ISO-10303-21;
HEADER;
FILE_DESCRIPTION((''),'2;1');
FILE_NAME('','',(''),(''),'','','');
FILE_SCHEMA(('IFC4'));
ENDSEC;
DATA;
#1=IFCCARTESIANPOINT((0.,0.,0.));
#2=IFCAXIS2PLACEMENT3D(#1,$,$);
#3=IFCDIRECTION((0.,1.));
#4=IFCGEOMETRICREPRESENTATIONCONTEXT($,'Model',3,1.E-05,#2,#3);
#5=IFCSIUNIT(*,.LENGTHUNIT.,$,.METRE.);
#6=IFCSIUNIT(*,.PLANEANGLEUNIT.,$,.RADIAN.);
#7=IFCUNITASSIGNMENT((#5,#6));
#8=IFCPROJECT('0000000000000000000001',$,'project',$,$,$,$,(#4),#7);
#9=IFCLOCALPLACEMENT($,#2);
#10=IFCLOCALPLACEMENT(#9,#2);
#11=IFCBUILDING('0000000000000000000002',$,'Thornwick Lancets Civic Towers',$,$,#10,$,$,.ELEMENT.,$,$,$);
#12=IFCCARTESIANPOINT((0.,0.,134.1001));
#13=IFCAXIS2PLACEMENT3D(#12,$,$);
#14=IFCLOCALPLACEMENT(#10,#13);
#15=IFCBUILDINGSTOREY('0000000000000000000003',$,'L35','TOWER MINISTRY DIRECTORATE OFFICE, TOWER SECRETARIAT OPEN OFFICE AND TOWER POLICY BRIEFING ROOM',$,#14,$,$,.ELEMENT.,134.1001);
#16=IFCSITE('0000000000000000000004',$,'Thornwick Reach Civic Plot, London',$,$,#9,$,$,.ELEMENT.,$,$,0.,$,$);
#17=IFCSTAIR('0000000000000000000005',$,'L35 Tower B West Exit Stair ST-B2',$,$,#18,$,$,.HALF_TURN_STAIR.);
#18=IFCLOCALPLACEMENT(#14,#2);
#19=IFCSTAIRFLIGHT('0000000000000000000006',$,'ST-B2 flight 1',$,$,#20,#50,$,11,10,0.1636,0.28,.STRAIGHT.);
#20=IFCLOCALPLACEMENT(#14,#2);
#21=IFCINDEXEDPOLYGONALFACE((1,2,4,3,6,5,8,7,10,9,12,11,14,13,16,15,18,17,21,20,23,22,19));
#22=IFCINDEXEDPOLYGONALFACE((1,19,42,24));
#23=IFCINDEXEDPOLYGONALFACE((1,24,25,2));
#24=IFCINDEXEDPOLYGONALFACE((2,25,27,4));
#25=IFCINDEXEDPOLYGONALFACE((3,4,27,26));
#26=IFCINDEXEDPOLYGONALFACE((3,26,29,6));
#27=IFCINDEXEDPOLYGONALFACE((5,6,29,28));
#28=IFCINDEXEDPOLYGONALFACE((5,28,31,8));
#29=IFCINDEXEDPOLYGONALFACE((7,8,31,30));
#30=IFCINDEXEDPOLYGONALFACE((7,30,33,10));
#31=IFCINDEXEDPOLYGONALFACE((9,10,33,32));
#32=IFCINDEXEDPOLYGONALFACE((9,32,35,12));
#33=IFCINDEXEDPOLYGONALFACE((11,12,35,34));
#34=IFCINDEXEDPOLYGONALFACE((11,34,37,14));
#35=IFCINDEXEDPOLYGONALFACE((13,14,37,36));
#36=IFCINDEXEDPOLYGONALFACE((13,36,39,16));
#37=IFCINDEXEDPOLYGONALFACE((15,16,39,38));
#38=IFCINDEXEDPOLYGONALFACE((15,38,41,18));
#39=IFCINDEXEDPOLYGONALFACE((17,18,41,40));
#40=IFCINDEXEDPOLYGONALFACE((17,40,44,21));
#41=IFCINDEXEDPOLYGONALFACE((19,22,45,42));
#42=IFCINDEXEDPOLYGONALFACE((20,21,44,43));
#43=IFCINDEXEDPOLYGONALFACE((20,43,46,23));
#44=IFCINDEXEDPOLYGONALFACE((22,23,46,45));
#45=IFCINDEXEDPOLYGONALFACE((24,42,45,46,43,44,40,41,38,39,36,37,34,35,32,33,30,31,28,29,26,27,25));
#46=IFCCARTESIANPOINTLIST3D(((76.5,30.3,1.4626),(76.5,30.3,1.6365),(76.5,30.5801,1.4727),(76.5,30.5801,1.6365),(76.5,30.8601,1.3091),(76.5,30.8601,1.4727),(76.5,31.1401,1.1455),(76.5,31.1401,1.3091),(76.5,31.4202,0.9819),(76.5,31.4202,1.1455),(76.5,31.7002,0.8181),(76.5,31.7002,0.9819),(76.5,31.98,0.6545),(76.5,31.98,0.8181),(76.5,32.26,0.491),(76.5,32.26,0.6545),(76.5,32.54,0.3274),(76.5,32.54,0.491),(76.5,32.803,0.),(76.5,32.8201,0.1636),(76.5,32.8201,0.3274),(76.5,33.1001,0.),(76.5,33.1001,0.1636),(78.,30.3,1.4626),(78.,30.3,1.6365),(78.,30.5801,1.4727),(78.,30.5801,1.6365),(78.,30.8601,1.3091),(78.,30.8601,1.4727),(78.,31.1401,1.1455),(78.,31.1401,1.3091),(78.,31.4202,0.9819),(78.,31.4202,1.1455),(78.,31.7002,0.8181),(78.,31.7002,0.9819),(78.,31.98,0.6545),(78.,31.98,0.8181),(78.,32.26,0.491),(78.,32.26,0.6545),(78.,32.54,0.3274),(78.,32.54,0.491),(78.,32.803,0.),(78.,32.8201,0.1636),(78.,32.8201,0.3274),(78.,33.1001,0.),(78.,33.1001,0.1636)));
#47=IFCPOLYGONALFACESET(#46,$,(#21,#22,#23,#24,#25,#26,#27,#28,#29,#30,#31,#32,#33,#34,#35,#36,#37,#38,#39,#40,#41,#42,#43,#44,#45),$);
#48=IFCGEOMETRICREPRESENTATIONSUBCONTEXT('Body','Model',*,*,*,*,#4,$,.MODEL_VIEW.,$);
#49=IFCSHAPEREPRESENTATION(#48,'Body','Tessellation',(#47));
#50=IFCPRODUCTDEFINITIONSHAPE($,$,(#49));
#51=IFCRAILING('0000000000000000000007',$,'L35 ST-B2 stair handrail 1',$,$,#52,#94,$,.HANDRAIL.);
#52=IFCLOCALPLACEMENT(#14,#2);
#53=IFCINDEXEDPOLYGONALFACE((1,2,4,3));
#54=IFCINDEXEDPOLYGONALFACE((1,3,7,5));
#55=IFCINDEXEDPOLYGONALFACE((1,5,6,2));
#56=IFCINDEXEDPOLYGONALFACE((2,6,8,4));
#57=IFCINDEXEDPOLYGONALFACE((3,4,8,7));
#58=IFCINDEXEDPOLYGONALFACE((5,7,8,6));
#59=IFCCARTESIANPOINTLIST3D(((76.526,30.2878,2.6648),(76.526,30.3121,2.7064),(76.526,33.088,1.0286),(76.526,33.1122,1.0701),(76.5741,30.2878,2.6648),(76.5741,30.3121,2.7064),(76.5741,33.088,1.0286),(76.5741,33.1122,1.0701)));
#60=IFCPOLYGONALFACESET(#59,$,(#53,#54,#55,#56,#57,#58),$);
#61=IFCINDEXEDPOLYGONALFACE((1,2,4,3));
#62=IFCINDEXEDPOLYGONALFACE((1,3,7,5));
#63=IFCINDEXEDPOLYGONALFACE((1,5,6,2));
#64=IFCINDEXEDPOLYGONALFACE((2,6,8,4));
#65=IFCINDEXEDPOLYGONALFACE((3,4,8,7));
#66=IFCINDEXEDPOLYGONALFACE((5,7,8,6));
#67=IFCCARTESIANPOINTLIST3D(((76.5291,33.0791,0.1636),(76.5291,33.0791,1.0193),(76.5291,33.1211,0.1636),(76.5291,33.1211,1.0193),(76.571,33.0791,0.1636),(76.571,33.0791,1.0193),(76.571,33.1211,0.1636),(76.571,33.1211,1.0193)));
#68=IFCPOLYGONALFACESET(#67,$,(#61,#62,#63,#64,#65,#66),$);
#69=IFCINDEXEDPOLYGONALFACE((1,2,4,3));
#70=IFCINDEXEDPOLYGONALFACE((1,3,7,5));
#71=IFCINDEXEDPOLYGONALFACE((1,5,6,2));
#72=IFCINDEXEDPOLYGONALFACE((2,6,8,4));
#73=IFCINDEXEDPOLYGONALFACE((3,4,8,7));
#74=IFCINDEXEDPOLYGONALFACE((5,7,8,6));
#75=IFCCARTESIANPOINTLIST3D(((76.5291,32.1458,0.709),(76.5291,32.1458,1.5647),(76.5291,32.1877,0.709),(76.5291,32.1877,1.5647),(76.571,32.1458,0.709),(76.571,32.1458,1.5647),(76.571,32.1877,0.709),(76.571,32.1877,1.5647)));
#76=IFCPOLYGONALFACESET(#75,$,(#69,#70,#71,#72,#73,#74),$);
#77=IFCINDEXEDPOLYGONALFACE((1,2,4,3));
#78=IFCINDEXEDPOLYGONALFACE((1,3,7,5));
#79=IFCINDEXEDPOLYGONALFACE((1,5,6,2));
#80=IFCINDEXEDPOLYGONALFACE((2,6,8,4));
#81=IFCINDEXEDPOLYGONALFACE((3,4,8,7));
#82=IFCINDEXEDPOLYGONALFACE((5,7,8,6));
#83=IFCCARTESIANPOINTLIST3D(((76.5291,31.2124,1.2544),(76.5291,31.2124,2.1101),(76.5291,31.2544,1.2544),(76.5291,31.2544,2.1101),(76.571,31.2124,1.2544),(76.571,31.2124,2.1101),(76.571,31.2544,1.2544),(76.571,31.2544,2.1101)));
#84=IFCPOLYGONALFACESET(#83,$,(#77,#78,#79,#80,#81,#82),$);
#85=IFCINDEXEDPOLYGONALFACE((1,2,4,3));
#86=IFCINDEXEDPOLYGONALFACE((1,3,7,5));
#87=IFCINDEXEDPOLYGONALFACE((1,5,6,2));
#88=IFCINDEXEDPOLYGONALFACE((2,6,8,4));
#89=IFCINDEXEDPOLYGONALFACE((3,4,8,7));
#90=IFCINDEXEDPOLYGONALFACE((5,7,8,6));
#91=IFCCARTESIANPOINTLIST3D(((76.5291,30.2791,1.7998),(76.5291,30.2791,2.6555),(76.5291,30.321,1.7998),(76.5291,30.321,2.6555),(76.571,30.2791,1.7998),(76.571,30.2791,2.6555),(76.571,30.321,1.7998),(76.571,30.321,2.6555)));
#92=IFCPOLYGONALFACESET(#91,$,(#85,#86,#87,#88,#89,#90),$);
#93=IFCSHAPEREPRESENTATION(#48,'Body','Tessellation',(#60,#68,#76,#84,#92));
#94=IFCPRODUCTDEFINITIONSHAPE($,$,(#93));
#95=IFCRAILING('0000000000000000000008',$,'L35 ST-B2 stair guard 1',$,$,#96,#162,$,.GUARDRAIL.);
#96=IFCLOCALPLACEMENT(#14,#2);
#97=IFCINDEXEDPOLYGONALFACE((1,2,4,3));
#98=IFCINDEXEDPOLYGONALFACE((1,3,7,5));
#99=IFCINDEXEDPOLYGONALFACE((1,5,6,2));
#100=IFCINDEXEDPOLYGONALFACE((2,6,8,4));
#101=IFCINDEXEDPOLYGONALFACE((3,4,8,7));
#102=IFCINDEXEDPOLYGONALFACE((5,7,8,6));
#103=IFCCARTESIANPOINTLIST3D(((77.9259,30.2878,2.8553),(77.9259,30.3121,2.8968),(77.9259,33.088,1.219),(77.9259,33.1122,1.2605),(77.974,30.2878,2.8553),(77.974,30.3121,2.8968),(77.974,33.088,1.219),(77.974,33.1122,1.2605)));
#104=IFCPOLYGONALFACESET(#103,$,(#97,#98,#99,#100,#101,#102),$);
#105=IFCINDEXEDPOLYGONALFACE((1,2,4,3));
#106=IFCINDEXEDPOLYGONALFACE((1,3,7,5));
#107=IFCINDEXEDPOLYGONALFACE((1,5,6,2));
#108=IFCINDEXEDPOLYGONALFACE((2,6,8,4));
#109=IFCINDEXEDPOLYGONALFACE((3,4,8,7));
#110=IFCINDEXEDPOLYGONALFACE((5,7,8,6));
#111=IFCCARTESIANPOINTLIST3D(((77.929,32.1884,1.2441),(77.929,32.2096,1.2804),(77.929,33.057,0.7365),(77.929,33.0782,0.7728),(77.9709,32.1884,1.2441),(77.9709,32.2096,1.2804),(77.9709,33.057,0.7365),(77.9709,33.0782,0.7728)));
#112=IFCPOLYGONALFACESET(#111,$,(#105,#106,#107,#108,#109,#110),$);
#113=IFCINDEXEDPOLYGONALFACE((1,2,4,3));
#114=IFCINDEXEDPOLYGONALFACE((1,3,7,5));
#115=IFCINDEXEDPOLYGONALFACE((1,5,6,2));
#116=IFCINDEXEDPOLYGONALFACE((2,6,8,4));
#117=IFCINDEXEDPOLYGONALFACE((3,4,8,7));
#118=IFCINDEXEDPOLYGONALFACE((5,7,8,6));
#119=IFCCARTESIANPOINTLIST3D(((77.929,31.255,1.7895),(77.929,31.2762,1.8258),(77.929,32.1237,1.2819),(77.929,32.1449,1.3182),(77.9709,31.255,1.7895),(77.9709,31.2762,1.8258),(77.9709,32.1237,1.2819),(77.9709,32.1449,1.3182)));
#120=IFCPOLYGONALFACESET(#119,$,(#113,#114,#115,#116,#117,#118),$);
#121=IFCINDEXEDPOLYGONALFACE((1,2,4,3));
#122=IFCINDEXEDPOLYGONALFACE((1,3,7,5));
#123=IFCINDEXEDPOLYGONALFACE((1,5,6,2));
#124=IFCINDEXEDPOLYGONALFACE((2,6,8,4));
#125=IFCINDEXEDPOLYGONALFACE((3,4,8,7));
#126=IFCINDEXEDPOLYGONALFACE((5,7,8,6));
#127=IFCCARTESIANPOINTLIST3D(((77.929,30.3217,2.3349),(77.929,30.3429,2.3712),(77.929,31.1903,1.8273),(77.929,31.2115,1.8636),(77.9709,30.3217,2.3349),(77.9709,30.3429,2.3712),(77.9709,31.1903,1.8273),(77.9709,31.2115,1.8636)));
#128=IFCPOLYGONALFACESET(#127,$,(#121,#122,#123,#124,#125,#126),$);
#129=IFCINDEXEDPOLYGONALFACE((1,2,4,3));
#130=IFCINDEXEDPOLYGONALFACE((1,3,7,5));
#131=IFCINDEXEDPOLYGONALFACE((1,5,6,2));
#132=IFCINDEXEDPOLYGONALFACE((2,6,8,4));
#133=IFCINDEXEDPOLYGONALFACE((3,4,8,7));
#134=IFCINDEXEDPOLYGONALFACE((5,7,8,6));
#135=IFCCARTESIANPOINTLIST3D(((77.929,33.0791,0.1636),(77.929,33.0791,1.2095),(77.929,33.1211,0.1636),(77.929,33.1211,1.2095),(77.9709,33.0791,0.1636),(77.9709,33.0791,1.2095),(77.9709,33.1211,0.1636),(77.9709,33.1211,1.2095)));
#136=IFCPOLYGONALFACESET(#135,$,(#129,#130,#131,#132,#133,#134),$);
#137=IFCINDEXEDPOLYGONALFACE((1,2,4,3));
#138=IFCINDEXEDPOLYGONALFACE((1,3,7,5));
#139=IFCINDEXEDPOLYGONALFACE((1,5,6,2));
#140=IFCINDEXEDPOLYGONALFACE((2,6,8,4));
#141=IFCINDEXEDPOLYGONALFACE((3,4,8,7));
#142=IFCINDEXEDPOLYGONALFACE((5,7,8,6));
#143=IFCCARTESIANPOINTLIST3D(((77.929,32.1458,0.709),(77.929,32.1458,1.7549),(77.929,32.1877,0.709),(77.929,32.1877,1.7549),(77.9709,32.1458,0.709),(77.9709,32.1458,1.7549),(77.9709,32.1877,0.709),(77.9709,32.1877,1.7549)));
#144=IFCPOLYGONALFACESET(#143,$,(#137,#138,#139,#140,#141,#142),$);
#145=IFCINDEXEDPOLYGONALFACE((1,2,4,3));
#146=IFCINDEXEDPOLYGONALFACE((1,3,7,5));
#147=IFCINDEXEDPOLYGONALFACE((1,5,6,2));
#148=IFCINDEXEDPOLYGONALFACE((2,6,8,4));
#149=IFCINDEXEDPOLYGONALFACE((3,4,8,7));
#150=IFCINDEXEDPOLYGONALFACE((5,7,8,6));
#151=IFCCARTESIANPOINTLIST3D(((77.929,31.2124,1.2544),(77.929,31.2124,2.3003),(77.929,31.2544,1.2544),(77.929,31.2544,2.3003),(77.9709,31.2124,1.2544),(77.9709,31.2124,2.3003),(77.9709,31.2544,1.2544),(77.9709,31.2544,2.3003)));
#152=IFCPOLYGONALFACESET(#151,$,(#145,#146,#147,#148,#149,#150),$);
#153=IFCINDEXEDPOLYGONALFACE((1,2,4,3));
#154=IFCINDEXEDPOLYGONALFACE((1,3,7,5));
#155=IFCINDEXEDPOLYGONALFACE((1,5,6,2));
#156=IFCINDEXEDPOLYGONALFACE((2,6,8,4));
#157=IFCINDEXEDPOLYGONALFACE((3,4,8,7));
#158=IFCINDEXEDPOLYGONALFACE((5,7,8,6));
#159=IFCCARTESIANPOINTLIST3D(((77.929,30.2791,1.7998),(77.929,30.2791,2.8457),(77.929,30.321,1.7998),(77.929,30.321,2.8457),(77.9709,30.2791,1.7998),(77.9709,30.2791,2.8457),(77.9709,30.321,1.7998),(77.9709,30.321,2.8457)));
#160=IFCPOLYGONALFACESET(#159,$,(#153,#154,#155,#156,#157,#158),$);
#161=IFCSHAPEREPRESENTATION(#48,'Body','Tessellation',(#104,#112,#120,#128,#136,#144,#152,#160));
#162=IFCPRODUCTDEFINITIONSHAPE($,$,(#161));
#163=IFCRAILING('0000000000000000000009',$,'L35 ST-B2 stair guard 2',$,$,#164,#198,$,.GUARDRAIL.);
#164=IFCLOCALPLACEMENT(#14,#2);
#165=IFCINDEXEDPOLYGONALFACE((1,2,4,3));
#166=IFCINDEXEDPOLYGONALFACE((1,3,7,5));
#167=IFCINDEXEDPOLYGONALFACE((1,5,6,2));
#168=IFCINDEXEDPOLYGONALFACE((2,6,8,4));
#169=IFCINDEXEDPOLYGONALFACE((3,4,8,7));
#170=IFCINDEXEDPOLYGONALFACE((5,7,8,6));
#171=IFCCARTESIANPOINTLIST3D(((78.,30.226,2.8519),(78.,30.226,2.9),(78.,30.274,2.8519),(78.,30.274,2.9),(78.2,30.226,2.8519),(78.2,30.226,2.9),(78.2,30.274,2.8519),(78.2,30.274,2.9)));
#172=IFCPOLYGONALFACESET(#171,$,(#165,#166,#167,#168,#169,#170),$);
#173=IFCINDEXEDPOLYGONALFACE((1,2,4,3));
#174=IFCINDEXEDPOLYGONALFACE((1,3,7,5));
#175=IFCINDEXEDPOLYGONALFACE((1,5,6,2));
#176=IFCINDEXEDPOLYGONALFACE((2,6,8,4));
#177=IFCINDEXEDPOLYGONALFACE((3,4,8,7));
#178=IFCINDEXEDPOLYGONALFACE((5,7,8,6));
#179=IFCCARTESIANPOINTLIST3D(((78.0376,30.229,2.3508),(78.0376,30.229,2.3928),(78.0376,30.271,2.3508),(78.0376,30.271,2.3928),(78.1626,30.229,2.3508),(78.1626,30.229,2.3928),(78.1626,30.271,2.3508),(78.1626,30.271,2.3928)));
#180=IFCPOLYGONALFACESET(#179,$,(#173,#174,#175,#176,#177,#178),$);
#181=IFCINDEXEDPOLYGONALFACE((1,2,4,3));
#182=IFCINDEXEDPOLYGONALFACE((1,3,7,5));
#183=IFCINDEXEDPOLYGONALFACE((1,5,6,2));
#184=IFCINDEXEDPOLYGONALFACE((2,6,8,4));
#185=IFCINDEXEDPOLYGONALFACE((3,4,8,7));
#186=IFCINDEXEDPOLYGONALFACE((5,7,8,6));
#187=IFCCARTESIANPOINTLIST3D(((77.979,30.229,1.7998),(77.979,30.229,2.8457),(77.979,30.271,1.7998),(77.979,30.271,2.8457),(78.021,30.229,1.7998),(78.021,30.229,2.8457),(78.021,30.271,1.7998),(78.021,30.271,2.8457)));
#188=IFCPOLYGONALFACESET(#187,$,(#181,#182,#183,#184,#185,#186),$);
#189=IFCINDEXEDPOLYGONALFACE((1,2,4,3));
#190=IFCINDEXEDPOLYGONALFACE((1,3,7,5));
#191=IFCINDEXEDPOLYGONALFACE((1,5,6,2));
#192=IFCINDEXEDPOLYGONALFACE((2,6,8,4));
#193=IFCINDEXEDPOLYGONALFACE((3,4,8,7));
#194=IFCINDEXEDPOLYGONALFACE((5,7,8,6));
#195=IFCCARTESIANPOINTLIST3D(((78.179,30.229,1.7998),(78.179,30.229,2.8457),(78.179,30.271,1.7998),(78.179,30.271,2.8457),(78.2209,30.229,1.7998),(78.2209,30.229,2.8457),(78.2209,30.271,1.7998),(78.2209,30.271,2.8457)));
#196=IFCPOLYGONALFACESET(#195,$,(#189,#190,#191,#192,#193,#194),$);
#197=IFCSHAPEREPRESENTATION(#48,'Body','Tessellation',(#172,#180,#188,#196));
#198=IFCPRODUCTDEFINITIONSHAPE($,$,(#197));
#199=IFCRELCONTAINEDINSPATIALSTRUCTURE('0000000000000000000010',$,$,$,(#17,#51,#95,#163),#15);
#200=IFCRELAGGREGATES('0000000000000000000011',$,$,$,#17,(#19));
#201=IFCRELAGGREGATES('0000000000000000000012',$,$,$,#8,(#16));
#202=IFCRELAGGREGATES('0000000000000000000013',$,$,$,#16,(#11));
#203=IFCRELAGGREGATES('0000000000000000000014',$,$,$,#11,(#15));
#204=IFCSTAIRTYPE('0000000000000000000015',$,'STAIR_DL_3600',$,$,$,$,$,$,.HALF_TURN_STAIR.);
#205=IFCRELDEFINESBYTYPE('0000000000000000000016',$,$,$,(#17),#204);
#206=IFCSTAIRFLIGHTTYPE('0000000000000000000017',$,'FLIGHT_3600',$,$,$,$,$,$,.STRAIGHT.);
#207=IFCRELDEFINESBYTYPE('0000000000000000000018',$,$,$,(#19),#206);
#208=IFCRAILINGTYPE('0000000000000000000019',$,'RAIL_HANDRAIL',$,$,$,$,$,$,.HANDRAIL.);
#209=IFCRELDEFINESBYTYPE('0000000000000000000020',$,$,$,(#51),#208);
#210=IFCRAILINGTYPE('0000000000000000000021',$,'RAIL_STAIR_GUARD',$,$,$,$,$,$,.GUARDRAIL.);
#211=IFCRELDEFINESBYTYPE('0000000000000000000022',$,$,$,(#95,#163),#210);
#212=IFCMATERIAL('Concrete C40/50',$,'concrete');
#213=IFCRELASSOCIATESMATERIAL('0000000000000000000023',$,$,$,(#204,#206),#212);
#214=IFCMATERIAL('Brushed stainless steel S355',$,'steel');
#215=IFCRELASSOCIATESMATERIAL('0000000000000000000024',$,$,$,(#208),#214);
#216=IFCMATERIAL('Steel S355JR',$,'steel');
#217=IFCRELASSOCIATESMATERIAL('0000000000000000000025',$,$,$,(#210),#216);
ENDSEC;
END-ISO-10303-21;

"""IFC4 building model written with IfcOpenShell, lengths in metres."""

from ifc_helpers import new_model, si_unit, direction, frame, origin, origin_2d, place, context, subcontext, project, spatial, polyline, rectangle, outline, extrude, material, type_object, element, aggregate, save


model = new_model("IFC4")

# Units and contexts
model_context = context("Model", 3, precision=1e-05, world=origin(), true_north=direction((0.0, 1.0)))
body_context = subcontext(model_context, "Body", "Model", "MODEL_VIEW")
ifc_project = project(units=[si_unit("LENGTHUNIT", "METRE"), si_unit("PLANEANGLEUNIT", "RADIAN")], contexts=[model_context])

# Site, building, storey
site_placement = place(None, origin())
site = spatial("IfcSite", under=ifc_project, at=site_placement, Name="Thornwick Reach Civic Plot, London", CompositionType="ELEMENT", RefElevation=0.0)
building_placement = place(site_placement, origin())
building = spatial("IfcBuilding", under=site, at=building_placement, Name="Thornwick Lancets Civic Towers", CompositionType="ELEMENT")
storey_placement = place(building_placement, frame((0.0, 0.0, 134.1001)))
storey = spatial("IfcBuildingStorey", under=building, at=storey_placement, Name="L35", Description="TOWER MINISTRY DIRECTORATE OFFICE, TOWER SECRETARIAT OPEN OFFICE AND TOWER POLICY BRIEFING ROOM", CompositionType="ELEMENT", Elevation=134.1001)

# Shared definitions
ifc_material_1 = material(Name="Steel S355JR", Category="steel")
ifc_material_2 = material(Name="Concrete C40/50", Category="concrete")

# Stair, stair flight
stair_type = type_object("IfcStairType", Name="STAIR_DL_3600", PredefinedType="HALF_TURN_STAIR", material=ifc_material_2)
stair_placement = place(storey_placement, origin())
stair = element("IfcStair", 1, at=stair_placement, inside=storey, type_object=stair_type, Name="L35 Tower B West Exit Stair ST-B2", PredefinedType="HALF_TURN_STAIR")
stair_flight_type = type_object("IfcStairFlightType", Name="FLIGHT_3600", PredefinedType="STRAIGHT", material=ifc_material_2)
stair_flight_placement = place(storey_placement, frame((77.25, 33.1001, 0.0), z_axis=(0.0, 0.0, 1.0), x_axis=(0.0, -1.0, 0.0)))
stair_flight = element("IfcStairFlight", 2, at=stair_flight_placement, type_object=stair_flight_type, Name="ST-B2 flight 1", NumberOfRisers=11, NumberOfTreads=10, PredefinedType="STRAIGHT", RiserHeight=0.1636, TreadLength=0.28, context=body_context, shape_type="SweptSolid", body=[
    extrude(outline(polyline([(0.0, 0.0), (0.0, 0.1636), (0.28, 0.1636), (0.28, 0.3274), (0.5601, 0.3274), (0.5601, 0.491), (0.8401, 0.491), (0.8401, 0.6545), (1.1201, 0.6545), (1.1201, 0.8181), (1.3999, 0.8181), (1.3999, 0.9819), (1.6799, 0.9819), (1.6799, 1.1455), (1.96, 1.1455), (1.96, 1.3091), (2.24, 1.3091), (2.24, 1.4727), (2.52, 1.4727), (2.52, 1.6365), (2.8, 1.6365), (2.8, 1.8), (2.8, 1.4626), (0.2971, 0.0), (0.0, 0.0)])), frame((0.0, 0.75, 0.0), z_axis=(0.0, -1.0, 0.0), x_axis=(1.0, 0.0, 0.0)), (0.0, 0.0, 1.0), 1.5),
])
aggregate(stair, [stair_flight])

# Railings
ifc_material_3 = material(Name="Brushed stainless steel S355", Category="steel")
railing_type_1 = type_object("IfcRailingType", Name="RAIL_HANDRAIL", PredefinedType="HANDRAIL", material=ifc_material_3)
railing_1_placement = place(storey_placement, frame((76.55, 33.1001, 0.1636)))
element("IfcRailing", 3, at=railing_1_placement, inside=storey, type_object=railing_type_1, Name="L35 ST-B2 stair handrail 1", PredefinedType="HANDRAIL", context=body_context, shape_type="SweptSolid", body=[
    extrude(rectangle(XDim=0.0481, YDim=0.0481, at=origin_2d()), frame((0.0, 0.0, 0.8857), z_axis=(0.0, -0.863394, 0.504531), x_axis=(1.0, 0.0, 0.0)), (0.0, 0.0, 1.0), 3.2432),
    extrude(rectangle(XDim=0.042, YDim=0.042, at=origin_2d()), origin(), (0.0, 0.0, 1.0), 0.8557),
    extrude(rectangle(XDim=0.042, YDim=0.042, at=origin_2d()), frame((0.0, -0.9333, 0.5454)), (0.0, 0.0, 1.0), 0.8557),
    extrude(rectangle(XDim=0.042, YDim=0.042, at=origin_2d()), frame((0.0, -1.8667, 1.0908)), (0.0, 0.0, 1.0), 0.8557),
    extrude(rectangle(XDim=0.042, YDim=0.042, at=origin_2d()), frame((0.0, -2.8, 1.6362)), (0.0, 0.0, 1.0), 0.8557),
])
railing_type_2 = type_object("IfcRailingType", Name="RAIL_STAIR_GUARD", PredefinedType="GUARDRAIL", material=ifc_material_1)
railing_2_placement = place(storey_placement, frame((77.95, 33.1001, 0.1636)))
element("IfcRailing", 4, at=railing_2_placement, inside=storey, type_object=railing_type_2, Name="L35 ST-B2 stair guard 1", PredefinedType="GUARDRAIL", context=body_context, shape_type="SweptSolid", body=[
    extrude(rectangle(XDim=0.0481, YDim=0.0481, at=origin_2d()), frame((0.0, 0.0, 1.0762), z_axis=(0.0, -0.863394, 0.504531), x_axis=(1.0, 0.0, 0.0)), (0.0, 0.0, 1.0), 3.2432),
    extrude(rectangle(XDim=0.042, YDim=0.042, at=origin_2d()), frame((0.0, -0.0325, 0.5911), z_axis=(0.0, -0.863394, 0.504531), x_axis=(1.0, 0.0, 0.0)), (0.0, 0.0, 1.0), 1.0061),
    extrude(rectangle(XDim=0.042, YDim=0.042, at=origin_2d()), frame((0.0, -0.9658, 1.1365), z_axis=(0.0, -0.863394, 0.504531), x_axis=(1.0, 0.0, 0.0)), (0.0, 0.0, 1.0), 1.0061),
    extrude(rectangle(XDim=0.042, YDim=0.042, at=origin_2d()), frame((0.0, -1.8992, 1.6819), z_axis=(0.0, -0.863394, 0.504531), x_axis=(1.0, 0.0, 0.0)), (0.0, 0.0, 1.0), 1.0061),
    extrude(rectangle(XDim=0.042, YDim=0.042, at=origin_2d()), origin(), (0.0, 0.0, 1.0), 1.0459),
    extrude(rectangle(XDim=0.042, YDim=0.042, at=origin_2d()), frame((0.0, -0.9333, 0.5454)), (0.0, 0.0, 1.0), 1.0459),
    extrude(rectangle(XDim=0.042, YDim=0.042, at=origin_2d()), frame((0.0, -1.8667, 1.0908)), (0.0, 0.0, 1.0), 1.0459),
    extrude(rectangle(XDim=0.042, YDim=0.042, at=origin_2d()), frame((0.0, -2.8, 1.6362)), (0.0, 0.0, 1.0), 1.0459),
])
railing_3_placement = place(storey_placement, frame((78.0, 30.25, 1.7998)))
element("IfcRailing", 5, at=railing_3_placement, inside=storey, type_object=railing_type_2, Name="L35 ST-B2 stair guard 2", PredefinedType="GUARDRAIL", context=body_context, shape_type="SweptSolid", body=[
    extrude(rectangle(XDim=0.0481, YDim=0.0481, at=origin_2d()), frame((0.0, 0.0, 1.0762), z_axis=(1.0, 0.0, 0.0), x_axis=(0.0, 1.0, 0.0)), (0.0, 0.0, 1.0), 0.2),
    extrude(rectangle(XDim=0.042, YDim=0.042, at=origin_2d()), frame((0.0376, 0.0, 0.572), z_axis=(1.0, 0.0, 0.0), x_axis=(0.0, 1.0, 0.0)), (0.0, 0.0, 1.0), 0.125),
    extrude(rectangle(XDim=0.042, YDim=0.042, at=origin_2d()), origin(), (0.0, 0.0, 1.0), 1.0459),
    extrude(rectangle(XDim=0.042, YDim=0.042, at=origin_2d()), frame((0.2, 0.0, 0.0)), (0.0, 0.0, 1.0), 1.0459),
])

save(model, "model.ifc")
